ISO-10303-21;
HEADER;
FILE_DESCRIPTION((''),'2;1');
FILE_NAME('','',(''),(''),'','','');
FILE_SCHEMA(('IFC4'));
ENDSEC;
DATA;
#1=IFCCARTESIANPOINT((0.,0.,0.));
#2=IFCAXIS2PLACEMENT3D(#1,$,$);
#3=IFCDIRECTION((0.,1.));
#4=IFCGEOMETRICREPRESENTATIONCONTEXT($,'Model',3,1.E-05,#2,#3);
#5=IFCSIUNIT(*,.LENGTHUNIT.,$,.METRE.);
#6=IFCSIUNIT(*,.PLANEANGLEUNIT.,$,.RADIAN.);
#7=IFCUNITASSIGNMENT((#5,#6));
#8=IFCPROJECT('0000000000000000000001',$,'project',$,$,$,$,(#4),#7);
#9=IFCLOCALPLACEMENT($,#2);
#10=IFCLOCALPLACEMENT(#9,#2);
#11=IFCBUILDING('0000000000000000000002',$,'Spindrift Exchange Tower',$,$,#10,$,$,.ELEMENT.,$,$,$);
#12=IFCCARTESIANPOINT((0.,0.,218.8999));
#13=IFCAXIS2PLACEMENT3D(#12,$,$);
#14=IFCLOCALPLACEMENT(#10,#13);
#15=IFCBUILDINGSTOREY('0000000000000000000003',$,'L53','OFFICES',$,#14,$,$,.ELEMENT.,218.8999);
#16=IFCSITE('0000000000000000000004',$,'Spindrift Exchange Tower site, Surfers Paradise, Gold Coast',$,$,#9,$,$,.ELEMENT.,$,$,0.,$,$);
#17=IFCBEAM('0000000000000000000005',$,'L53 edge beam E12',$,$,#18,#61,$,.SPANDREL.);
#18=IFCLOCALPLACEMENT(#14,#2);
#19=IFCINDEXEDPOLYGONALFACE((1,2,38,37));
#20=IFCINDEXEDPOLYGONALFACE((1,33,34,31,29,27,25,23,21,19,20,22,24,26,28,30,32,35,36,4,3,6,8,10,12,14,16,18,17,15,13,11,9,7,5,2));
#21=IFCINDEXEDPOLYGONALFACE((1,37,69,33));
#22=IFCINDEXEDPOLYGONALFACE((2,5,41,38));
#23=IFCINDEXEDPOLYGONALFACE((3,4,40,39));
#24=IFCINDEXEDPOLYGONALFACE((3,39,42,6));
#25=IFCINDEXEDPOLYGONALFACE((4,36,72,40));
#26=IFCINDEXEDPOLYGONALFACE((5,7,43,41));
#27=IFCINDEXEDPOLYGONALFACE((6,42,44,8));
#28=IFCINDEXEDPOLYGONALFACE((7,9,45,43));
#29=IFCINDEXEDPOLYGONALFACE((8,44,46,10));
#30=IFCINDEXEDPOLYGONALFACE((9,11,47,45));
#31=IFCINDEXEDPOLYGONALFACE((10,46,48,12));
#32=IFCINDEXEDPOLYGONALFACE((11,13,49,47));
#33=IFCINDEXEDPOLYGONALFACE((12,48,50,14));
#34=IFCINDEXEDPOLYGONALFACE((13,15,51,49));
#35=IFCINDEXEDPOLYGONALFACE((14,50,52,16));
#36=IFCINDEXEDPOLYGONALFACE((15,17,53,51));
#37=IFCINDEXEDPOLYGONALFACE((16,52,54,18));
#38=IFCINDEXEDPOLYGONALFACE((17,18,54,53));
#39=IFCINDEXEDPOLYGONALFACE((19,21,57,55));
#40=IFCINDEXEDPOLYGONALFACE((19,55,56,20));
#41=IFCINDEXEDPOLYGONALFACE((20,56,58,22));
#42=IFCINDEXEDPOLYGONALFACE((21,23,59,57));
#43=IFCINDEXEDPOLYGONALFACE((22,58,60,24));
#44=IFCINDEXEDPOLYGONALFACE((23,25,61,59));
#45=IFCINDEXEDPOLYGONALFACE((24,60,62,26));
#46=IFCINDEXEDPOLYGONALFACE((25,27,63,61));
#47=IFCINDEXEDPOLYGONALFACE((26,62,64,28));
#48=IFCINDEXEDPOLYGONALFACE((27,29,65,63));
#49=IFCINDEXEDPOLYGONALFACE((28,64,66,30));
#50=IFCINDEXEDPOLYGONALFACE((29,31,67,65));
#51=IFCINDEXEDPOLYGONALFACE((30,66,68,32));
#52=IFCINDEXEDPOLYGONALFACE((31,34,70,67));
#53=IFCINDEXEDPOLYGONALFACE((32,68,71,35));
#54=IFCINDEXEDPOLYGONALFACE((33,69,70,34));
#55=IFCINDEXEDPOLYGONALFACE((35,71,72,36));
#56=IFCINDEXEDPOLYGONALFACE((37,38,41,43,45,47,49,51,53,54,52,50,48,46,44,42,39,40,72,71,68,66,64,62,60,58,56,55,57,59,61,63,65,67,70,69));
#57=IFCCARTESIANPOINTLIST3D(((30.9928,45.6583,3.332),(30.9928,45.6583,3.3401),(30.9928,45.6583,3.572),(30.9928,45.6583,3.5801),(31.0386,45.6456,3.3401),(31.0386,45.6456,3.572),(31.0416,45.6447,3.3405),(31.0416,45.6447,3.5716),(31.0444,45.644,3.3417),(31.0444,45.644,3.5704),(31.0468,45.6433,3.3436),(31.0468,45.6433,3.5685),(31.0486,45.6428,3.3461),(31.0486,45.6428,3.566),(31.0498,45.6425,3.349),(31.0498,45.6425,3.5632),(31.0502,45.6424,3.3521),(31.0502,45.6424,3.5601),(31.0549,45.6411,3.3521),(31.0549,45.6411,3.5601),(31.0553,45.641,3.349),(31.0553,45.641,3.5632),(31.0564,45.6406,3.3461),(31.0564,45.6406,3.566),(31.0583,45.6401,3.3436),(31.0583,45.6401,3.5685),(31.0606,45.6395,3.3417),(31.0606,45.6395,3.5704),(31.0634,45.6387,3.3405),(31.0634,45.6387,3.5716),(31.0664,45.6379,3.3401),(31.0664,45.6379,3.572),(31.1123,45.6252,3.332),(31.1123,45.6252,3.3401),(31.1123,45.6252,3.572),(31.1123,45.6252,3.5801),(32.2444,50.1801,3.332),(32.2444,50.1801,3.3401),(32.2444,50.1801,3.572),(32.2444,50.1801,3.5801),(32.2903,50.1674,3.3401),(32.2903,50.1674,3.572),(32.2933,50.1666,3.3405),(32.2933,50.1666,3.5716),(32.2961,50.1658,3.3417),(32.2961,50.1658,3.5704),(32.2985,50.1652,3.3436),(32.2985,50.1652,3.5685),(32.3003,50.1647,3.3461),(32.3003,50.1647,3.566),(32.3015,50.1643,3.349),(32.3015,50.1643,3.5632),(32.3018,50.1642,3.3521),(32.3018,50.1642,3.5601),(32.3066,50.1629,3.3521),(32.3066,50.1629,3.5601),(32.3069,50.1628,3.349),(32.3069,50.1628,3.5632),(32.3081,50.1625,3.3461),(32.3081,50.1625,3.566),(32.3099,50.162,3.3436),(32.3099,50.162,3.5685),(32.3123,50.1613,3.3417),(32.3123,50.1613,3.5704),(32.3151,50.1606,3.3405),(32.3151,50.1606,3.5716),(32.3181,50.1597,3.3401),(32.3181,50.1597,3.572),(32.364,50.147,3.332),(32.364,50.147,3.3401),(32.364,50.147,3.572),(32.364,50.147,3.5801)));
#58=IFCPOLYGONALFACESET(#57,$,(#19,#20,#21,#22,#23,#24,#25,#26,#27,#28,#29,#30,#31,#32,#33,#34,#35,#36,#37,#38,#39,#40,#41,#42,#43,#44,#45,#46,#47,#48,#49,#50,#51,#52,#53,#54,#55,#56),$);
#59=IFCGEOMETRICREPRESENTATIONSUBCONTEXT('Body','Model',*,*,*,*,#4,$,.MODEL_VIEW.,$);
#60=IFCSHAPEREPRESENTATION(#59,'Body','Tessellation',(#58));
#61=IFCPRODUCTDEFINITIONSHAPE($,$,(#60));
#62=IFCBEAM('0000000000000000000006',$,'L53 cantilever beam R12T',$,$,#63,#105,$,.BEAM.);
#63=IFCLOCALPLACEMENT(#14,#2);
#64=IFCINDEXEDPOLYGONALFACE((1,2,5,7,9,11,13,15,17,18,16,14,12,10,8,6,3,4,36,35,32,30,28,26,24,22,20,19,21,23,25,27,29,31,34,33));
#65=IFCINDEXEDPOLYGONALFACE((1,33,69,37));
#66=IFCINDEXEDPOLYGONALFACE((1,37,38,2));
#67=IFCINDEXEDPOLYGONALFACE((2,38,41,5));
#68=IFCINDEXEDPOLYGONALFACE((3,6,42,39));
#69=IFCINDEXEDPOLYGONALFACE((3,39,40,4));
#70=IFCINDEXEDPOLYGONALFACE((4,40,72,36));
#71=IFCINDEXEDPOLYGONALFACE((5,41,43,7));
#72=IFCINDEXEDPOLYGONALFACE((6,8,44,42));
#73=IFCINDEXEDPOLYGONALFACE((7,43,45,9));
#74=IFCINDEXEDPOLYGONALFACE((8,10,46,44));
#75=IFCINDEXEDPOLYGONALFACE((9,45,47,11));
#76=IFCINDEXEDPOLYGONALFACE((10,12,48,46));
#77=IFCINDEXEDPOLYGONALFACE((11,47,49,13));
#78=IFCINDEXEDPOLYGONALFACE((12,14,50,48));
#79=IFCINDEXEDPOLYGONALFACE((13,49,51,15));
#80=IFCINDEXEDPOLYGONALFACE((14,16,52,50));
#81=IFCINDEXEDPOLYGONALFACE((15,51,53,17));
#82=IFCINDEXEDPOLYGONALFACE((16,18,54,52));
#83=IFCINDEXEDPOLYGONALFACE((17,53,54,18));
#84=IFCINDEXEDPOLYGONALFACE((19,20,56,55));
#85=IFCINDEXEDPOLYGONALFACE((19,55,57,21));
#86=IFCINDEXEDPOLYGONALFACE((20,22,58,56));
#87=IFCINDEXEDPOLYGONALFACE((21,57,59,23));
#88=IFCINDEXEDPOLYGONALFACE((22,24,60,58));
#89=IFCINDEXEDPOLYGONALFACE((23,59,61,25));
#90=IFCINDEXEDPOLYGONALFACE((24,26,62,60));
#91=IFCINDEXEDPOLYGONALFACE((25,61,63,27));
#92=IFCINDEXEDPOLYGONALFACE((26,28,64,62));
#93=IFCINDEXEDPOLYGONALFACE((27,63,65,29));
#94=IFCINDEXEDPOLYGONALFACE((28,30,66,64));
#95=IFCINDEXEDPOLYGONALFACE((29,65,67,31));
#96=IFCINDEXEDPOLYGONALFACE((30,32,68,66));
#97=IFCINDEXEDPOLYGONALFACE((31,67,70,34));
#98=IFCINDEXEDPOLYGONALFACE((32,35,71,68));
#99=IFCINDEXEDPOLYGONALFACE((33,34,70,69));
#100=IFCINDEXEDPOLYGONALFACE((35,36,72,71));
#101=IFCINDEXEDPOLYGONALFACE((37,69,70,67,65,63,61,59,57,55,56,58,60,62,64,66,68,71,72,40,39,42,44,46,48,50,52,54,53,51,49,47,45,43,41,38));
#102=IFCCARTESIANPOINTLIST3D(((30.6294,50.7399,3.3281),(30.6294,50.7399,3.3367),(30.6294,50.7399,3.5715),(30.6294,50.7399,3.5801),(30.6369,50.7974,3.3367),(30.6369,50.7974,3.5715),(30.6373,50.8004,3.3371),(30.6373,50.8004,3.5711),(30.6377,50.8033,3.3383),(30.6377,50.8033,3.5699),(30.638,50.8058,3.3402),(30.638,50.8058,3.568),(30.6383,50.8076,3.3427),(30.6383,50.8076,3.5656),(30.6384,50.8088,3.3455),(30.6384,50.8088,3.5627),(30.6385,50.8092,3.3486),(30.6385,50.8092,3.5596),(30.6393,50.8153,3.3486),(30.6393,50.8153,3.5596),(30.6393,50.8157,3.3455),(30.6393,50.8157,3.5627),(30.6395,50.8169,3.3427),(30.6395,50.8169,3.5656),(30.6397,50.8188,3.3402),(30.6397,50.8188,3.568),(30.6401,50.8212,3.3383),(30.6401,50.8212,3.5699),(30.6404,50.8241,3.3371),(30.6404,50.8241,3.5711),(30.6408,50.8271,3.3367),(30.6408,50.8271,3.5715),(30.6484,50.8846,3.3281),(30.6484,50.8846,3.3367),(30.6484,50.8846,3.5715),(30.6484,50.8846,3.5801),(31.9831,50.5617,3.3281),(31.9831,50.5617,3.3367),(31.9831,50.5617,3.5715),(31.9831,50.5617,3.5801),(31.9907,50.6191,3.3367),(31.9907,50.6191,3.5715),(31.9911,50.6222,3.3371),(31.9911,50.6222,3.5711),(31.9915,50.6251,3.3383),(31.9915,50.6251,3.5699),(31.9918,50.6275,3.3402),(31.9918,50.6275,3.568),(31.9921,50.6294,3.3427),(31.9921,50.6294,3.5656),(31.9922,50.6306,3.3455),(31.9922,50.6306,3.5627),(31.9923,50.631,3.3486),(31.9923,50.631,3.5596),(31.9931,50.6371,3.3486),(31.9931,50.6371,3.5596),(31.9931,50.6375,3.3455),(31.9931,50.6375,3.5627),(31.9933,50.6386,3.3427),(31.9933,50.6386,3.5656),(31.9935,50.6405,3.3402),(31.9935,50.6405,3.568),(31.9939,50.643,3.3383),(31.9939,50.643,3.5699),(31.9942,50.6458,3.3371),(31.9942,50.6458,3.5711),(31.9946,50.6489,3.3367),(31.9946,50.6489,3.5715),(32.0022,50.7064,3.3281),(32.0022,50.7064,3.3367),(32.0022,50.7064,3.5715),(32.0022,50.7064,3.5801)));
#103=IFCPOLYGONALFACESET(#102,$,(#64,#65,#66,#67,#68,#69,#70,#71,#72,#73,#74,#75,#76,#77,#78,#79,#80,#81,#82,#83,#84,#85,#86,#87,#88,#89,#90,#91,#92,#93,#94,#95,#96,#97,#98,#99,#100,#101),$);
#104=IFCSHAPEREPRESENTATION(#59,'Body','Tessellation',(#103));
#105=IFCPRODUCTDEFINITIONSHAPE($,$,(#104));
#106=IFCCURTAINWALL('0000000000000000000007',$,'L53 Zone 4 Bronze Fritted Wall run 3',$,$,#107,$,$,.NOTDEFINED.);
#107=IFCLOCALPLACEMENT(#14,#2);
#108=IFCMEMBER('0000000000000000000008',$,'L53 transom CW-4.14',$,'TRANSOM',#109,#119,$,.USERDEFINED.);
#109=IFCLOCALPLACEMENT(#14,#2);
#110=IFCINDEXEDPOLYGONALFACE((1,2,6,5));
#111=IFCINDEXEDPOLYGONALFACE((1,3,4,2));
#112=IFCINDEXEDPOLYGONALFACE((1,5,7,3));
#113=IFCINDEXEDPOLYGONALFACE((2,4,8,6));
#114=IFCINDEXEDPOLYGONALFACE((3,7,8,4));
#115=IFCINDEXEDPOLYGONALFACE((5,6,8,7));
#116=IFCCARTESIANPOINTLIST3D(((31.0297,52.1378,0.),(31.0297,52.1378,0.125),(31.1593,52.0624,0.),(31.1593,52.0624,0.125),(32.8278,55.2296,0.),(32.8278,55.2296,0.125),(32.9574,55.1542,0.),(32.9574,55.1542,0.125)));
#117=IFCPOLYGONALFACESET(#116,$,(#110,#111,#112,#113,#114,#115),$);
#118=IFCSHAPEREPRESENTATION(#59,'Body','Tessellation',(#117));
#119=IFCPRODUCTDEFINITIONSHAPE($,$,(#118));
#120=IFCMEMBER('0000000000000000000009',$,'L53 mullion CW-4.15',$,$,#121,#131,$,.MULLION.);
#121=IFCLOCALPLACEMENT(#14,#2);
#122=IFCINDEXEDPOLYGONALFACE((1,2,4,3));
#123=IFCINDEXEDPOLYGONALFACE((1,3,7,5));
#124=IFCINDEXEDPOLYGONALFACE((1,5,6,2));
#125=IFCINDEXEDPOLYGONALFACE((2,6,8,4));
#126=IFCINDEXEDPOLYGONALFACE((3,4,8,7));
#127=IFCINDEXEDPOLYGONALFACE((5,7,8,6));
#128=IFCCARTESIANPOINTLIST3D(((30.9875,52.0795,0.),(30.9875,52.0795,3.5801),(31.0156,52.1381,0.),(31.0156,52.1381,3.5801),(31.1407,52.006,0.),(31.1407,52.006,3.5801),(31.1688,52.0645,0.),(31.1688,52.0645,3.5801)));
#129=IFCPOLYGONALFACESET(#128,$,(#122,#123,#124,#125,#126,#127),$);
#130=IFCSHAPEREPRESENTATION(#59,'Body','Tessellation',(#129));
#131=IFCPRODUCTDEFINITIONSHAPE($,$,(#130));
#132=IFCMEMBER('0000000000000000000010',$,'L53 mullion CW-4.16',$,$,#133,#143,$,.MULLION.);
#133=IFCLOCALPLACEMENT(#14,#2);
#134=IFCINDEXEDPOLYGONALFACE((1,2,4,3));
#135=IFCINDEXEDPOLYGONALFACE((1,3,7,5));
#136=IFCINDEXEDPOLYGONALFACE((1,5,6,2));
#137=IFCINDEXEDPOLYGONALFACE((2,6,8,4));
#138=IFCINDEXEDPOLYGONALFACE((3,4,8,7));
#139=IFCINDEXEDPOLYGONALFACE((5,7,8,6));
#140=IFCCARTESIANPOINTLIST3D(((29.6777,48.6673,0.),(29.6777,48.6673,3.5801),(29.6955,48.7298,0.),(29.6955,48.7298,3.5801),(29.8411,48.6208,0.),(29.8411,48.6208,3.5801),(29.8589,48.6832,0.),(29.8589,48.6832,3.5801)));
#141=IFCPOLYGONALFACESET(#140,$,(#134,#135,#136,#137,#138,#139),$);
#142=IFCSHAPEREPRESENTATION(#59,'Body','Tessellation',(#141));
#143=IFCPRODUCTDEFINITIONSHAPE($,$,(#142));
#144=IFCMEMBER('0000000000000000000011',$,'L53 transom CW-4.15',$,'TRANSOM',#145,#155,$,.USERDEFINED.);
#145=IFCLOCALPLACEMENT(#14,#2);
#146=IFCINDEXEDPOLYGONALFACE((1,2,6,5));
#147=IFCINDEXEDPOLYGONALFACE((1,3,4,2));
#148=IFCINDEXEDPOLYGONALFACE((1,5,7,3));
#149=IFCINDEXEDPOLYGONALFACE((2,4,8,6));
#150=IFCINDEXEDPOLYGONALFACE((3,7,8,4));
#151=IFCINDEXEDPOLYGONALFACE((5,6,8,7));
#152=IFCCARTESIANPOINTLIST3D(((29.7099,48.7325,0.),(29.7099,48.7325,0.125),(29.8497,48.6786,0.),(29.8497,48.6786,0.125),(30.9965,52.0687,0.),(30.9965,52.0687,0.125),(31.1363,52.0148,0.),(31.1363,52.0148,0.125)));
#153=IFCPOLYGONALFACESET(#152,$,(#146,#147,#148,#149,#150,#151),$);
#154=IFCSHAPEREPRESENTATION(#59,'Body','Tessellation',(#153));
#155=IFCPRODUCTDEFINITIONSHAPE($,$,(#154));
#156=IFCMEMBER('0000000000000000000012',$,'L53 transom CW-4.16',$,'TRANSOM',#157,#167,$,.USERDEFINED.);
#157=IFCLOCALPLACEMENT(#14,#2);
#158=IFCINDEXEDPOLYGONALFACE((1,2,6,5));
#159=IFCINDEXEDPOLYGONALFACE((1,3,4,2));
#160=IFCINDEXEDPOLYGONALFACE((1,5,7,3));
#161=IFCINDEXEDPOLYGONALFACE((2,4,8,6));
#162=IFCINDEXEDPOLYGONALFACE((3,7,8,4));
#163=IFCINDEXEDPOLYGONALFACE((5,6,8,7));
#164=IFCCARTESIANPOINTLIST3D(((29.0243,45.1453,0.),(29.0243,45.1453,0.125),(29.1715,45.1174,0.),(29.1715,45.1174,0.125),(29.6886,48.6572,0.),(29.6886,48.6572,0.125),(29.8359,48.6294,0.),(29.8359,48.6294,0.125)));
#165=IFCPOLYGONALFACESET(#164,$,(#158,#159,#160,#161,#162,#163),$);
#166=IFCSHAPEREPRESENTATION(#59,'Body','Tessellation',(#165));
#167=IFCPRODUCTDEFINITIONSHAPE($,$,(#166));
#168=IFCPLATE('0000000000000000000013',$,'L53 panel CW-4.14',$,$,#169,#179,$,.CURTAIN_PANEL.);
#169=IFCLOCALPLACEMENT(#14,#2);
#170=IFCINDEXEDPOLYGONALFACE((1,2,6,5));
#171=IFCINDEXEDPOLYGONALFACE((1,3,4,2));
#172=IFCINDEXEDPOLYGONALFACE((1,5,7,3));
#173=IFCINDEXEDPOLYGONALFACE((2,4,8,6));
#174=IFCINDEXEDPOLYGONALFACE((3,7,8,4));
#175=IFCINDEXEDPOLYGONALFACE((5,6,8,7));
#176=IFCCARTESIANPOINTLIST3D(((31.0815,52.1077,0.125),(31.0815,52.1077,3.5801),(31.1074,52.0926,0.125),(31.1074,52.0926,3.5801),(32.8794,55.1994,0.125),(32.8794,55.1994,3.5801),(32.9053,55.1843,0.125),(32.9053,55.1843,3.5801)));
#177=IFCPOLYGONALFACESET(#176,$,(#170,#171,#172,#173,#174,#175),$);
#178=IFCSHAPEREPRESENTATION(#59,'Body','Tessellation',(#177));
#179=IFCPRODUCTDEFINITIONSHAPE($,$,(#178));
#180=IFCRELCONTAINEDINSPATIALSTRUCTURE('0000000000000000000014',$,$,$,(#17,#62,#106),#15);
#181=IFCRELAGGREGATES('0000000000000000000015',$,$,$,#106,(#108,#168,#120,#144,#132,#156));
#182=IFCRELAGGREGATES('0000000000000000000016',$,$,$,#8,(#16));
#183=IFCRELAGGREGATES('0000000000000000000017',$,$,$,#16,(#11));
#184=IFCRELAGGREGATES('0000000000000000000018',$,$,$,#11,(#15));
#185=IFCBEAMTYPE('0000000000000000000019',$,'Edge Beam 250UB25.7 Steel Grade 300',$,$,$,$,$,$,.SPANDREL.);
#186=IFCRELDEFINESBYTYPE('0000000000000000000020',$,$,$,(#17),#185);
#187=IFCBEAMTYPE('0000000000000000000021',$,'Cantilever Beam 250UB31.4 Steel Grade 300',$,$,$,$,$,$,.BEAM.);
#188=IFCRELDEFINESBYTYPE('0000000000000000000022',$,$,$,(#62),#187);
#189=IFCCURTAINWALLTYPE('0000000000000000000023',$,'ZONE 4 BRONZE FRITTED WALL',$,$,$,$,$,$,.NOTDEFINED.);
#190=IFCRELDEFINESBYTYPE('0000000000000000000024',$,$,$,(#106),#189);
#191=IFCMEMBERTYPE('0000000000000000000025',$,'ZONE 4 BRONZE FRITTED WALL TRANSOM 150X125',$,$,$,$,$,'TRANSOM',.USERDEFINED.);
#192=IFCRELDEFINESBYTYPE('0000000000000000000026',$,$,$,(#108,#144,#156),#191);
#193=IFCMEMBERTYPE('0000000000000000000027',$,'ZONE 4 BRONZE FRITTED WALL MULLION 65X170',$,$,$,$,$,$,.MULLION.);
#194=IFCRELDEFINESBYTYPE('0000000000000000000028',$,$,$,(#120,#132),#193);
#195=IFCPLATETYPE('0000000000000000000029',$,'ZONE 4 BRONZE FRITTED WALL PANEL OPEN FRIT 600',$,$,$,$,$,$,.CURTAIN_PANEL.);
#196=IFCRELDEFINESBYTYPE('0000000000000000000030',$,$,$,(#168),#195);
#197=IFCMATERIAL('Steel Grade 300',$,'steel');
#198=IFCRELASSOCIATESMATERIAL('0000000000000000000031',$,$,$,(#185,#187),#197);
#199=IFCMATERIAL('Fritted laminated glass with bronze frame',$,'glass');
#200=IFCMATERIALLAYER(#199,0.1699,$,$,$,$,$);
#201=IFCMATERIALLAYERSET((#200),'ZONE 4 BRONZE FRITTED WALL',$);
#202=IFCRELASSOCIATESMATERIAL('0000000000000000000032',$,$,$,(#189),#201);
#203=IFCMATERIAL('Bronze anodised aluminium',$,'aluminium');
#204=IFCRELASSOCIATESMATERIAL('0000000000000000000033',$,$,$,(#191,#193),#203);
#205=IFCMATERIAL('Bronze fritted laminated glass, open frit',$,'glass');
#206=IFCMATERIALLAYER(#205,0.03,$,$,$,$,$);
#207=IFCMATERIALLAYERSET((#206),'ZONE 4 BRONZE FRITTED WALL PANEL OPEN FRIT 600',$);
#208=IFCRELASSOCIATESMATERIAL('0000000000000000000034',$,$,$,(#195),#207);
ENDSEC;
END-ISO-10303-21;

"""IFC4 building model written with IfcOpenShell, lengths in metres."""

from ifc_helpers import new_model, si_unit, direction, frame, origin, origin_2d, place, context, subcontext, project, spatial, rectangle, i_section, extrude, source, transform, mapped, material, layer, layer_set, material_profile, profile_set, type_object, element, aggregate, save


model = new_model("IFC4")

# Units and contexts
model_context = context("Model", 3, precision=1e-05, world=origin(), true_north=direction((0.0, 1.0)))
body_context = subcontext(model_context, "Body", "Model", "MODEL_VIEW")
ifc_project = project(units=[si_unit("LENGTHUNIT", "METRE"), si_unit("PLANEANGLEUNIT", "RADIAN")], contexts=[model_context])

# Site, building, storey
site_placement = place(None, origin())
site = spatial("IfcSite", under=ifc_project, at=site_placement, Name="Spindrift Exchange Tower site, Surfers Paradise, Gold Coast", CompositionType="ELEMENT", RefElevation=0.0)
building_placement = place(site_placement, origin())
building = spatial("IfcBuilding", under=site, at=building_placement, Name="Spindrift Exchange Tower", CompositionType="ELEMENT")
storey_placement = place(building_placement, frame((0.0, 0.0, 218.8999)))
storey = spatial("IfcBuildingStorey", under=building, at=storey_placement, Name="L53", Description="OFFICES", CompositionType="ELEMENT", Elevation=218.8999)

# Beams
ifc_material_1 = material(Name="Steel Grade 300", Category="steel")
ifc_material_profile_1 = material_profile(ifc_material_1, i_section(OverallWidth=0.124, OverallDepth=0.248, WebThickness=0.0049, FlangeThickness=0.0081, FilletRadius=0.012, at=origin_2d()), Name="250UB25.7")
ifc_profile_set_1 = profile_set([ifc_material_profile_1], Name="Steel Grade 300")
beam_type_1 = type_object("IfcBeamType", Name="Edge Beam 250UB25.7 Steel Grade 300", PredefinedType="SPANDREL", material=ifc_profile_set_1)
shared_shape_1 = source(origin(), body_context, "Body", "SweptSolid", [
    extrude(i_section(OverallWidth=0.124, OverallDepth=0.248, WebThickness=0.0049, FlangeThickness=0.0081, FilletRadius=0.012, at=origin_2d()), origin(), (0.0, 0.0, 1.0), 4.6919),
])
beam_1_placement = place(storey_placement, frame((32.3042, 50.1636, 3.4561), z_axis=(-0.266774, -0.963759, 0.0), x_axis=(0.963759, -0.266774, 0.0)))
element("IfcBeam", 1, at=beam_1_placement, inside=storey, type_object=beam_type_1, Name="L53 edge beam E12", PredefinedType="SPANDREL", context=body_context, shape_type="MappedRepresentation", body=[
    mapped(shared_shape_1, transform((0.0, 0.0, 0.0), scale=1.0)),
])
ifc_material_profile_2 = material_profile(ifc_material_1, i_section(OverallWidth=0.146, OverallDepth=0.252, WebThickness=0.0061, FlangeThickness=0.0085, FilletRadius=0.012, at=origin_2d()), Name="250UB31.4")
ifc_profile_set_2 = profile_set([ifc_material_profile_2], Name="Steel Grade 300")
beam_type_2 = type_object("IfcBeamType", Name="Cantilever Beam 250UB31.4 Steel Grade 300", PredefinedType="BEAM", material=ifc_profile_set_2)
shared_shape_2 = source(origin(), body_context, "Body", "SweptSolid", [
    extrude(i_section(OverallWidth=0.146, OverallDepth=0.252, WebThickness=0.0061, FlangeThickness=0.0085, FilletRadius=0.012, at=origin_2d()), origin(), (0.0, 0.0, 1.0), 1.3655),
])
beam_2_placement = place(storey_placement, frame((31.9927, 50.634, 3.4541), z_axis=(-0.991445, 0.130524, 0.0), x_axis=(-0.130524, -0.991445, 0.0)))
element("IfcBeam", 2, at=beam_2_placement, inside=storey, type_object=beam_type_2, Name="L53 cantilever beam R12T", PredefinedType="BEAM", context=body_context, shape_type="MappedRepresentation", body=[
    mapped(shared_shape_2, transform((0.0, 0.0, 0.0), scale=1.0)),
])

# Curtain wall, members, plate
ifc_material_2 = material(Name="Fritted laminated glass with bronze frame", Category="glass")
ifc_layer_1 = layer(ifc_material_2, 0.1699)
ifc_layer_set_1 = layer_set([ifc_layer_1], Name="ZONE 4 BRONZE FRITTED WALL")
curtain_wall_type = type_object("IfcCurtainWallType", Name="ZONE 4 BRONZE FRITTED WALL", PredefinedType="NOTDEFINED", material=ifc_layer_set_1)
curtain_wall_placement = place(storey_placement, origin())
curtain_wall = element("IfcCurtainWall", 3, at=curtain_wall_placement, inside=storey, type_object=curtain_wall_type, Name="L53 Zone 4 Bronze Fritted Wall run 3", PredefinedType="NOTDEFINED")
ifc_material_3 = material(Name="Bronze anodised aluminium", Category="aluminium")
ifc_material_profile_3 = material_profile(ifc_material_3, rectangle(XDim=0.1499, YDim=0.125, at=origin_2d()), Name="ZONE 4 BRONZE FRITTED WALL TRANSOM 150X125")
ifc_profile_set_3 = profile_set([ifc_material_profile_3], Name="Bronze anodised aluminium")
member_type_1 = type_object("IfcMemberType", Name="ZONE 4 BRONZE FRITTED WALL TRANSOM 150X125", ElementType="TRANSOM", PredefinedType="USERDEFINED", material=ifc_profile_set_3)
shared_shape_3 = source(origin(), body_context, "Body", "SweptSolid", [
    extrude(rectangle(XDim=0.1499, YDim=0.125, at=origin_2d()), origin(), (0.0, 0.0, 1.0), 3.5767),
])
member_1_placement = place(storey_placement, frame((32.8926, 55.1919, 0.0625), z_axis=(-0.502733, -0.864442, 0.0), x_axis=(0.864442, -0.502733, 0.0)))
member_1 = element("IfcMember", 4, at=member_1_placement, type_object=member_type_1, Name="L53 transom CW-4.14", ObjectType="TRANSOM", PredefinedType="USERDEFINED", context=body_context, shape_type="MappedRepresentation", body=[
    mapped(shared_shape_3, transform((0.0, 0.0, 0.0), scale=1.0)),
])
ifc_material_profile_4 = material_profile(ifc_material_3, rectangle(XDim=0.0649, YDim=0.1699, at=origin_2d()), Name="ZONE 4 BRONZE FRITTED WALL MULLION 65X170")
ifc_profile_set_4 = profile_set([ifc_material_profile_4], Name="Bronze anodised aluminium")
member_type_2 = type_object("IfcMemberType", Name="ZONE 4 BRONZE FRITTED WALL MULLION 65X170", PredefinedType="MULLION", material=ifc_profile_set_4)
shared_shape_4 = source(origin(), body_context, "Body", "SweptSolid", [
    extrude(rectangle(XDim=0.0649, YDim=0.1699, at=origin_2d()), origin(), (0.0, 0.0, 1.0), 3.5801),
])
member_2_placement = place(storey_placement, frame((31.0781, 52.072, 0.0), z_axis=(0.0, 0.0, 1.0), x_axis=(-0.432632, -0.901571, 0.0)))
member_2 = element("IfcMember", 5, at=member_2_placement, type_object=member_type_2, Name="L53 mullion CW-4.15", PredefinedType="MULLION", context=body_context, shape_type="MappedRepresentation", body=[
    mapped(shared_shape_4, transform((0.0, 0.0, 0.0), scale=1.0)),
])
member_3_placement = place(storey_placement, frame((29.7683, 48.6753, 0.0), z_axis=(0.0, 0.0, 1.0), x_axis=(-0.273973, -0.961738, 0.0)))
member_3 = element("IfcMember", 6, at=member_3_placement, type_object=member_type_2, Name="L53 mullion CW-4.16", PredefinedType="MULLION", context=body_context, shape_type="MappedRepresentation", body=[
    mapped(shared_shape_4, transform((0.0, 0.0, 0.0), scale=1.0)),
])
shared_shape_5 = source(origin(), body_context, "Body", "SweptSolid", [
    extrude(rectangle(XDim=0.1499, YDim=0.125, at=origin_2d()), origin(), (0.0, 0.0, 1.0), 3.5757),
])
member_4_placement = place(storey_placement, frame((31.0664, 52.0417, 0.0625), z_axis=(-0.359825, -0.93302, 0.0), x_axis=(0.93302, -0.359825, 0.0)))
member_4 = element("IfcMember", 7, at=member_4_placement, type_object=member_type_1, Name="L53 transom CW-4.15", ObjectType="TRANSOM", PredefinedType="USERDEFINED", context=body_context, shape_type="MappedRepresentation", body=[
    mapped(shared_shape_5, transform((0.0, 0.0, 0.0), scale=1.0)),
])
shared_shape_6 = source(origin(), body_context, "Body", "SweptSolid", [
    extrude(rectangle(XDim=0.1499, YDim=0.125, at=origin_2d()), origin(), (0.0, 0.0, 1.0), 3.5742),
])
member_5_placement = place(storey_placement, frame((29.7622, 48.6433, 0.0625), z_axis=(-0.18586, -0.982576, 0.0), x_axis=(0.982576, -0.18586, 0.0)))
member_5 = element("IfcMember", 8, at=member_5_placement, type_object=member_type_1, Name="L53 transom CW-4.16", ObjectType="TRANSOM", PredefinedType="USERDEFINED", context=body_context, shape_type="MappedRepresentation", body=[
    mapped(shared_shape_6, transform((0.0, 0.0, 0.0), scale=1.0)),
])
ifc_material_4 = material(Name="Bronze fritted laminated glass, open frit", Category="glass")
ifc_layer_2 = layer(ifc_material_4, 0.03)
ifc_layer_set_2 = layer_set([ifc_layer_2], Name="ZONE 4 BRONZE FRITTED WALL PANEL OPEN FRIT 600")
plate_type_1 = type_object("IfcPlateType", Name="ZONE 4 BRONZE FRITTED WALL PANEL OPEN FRIT 600", PredefinedType="CURTAIN_PANEL", material=ifc_layer_set_2)
shared_shape_7 = source(origin(), body_context, "Body", "SweptSolid", [
    extrude(rectangle(XDim=3.5764, YDim=0.03, at=origin_2d()), origin(), (0.0, 0.0, 1.0), 3.4551),
])
plate_1_placement = place(storey_placement, frame((31.9934, 53.646, 0.125), z_axis=(0.0, 0.0, 1.0), x_axis=(-0.502708, -0.864456, 0.0)))
plate_1 = element("IfcPlate", 9, at=plate_1_placement, type_object=plate_type_1, Name="L53 panel CW-4.14", PredefinedType="CURTAIN_PANEL", context=body_context, shape_type="MappedRepresentation", body=[
    mapped(shared_shape_7, transform((0.0, 0.0, 0.0), scale=1.0)),
])
aggregate(curtain_wall, [member_1, plate_1, member_2, member_4, member_3, member_5])

save(model, "model.ifc")
